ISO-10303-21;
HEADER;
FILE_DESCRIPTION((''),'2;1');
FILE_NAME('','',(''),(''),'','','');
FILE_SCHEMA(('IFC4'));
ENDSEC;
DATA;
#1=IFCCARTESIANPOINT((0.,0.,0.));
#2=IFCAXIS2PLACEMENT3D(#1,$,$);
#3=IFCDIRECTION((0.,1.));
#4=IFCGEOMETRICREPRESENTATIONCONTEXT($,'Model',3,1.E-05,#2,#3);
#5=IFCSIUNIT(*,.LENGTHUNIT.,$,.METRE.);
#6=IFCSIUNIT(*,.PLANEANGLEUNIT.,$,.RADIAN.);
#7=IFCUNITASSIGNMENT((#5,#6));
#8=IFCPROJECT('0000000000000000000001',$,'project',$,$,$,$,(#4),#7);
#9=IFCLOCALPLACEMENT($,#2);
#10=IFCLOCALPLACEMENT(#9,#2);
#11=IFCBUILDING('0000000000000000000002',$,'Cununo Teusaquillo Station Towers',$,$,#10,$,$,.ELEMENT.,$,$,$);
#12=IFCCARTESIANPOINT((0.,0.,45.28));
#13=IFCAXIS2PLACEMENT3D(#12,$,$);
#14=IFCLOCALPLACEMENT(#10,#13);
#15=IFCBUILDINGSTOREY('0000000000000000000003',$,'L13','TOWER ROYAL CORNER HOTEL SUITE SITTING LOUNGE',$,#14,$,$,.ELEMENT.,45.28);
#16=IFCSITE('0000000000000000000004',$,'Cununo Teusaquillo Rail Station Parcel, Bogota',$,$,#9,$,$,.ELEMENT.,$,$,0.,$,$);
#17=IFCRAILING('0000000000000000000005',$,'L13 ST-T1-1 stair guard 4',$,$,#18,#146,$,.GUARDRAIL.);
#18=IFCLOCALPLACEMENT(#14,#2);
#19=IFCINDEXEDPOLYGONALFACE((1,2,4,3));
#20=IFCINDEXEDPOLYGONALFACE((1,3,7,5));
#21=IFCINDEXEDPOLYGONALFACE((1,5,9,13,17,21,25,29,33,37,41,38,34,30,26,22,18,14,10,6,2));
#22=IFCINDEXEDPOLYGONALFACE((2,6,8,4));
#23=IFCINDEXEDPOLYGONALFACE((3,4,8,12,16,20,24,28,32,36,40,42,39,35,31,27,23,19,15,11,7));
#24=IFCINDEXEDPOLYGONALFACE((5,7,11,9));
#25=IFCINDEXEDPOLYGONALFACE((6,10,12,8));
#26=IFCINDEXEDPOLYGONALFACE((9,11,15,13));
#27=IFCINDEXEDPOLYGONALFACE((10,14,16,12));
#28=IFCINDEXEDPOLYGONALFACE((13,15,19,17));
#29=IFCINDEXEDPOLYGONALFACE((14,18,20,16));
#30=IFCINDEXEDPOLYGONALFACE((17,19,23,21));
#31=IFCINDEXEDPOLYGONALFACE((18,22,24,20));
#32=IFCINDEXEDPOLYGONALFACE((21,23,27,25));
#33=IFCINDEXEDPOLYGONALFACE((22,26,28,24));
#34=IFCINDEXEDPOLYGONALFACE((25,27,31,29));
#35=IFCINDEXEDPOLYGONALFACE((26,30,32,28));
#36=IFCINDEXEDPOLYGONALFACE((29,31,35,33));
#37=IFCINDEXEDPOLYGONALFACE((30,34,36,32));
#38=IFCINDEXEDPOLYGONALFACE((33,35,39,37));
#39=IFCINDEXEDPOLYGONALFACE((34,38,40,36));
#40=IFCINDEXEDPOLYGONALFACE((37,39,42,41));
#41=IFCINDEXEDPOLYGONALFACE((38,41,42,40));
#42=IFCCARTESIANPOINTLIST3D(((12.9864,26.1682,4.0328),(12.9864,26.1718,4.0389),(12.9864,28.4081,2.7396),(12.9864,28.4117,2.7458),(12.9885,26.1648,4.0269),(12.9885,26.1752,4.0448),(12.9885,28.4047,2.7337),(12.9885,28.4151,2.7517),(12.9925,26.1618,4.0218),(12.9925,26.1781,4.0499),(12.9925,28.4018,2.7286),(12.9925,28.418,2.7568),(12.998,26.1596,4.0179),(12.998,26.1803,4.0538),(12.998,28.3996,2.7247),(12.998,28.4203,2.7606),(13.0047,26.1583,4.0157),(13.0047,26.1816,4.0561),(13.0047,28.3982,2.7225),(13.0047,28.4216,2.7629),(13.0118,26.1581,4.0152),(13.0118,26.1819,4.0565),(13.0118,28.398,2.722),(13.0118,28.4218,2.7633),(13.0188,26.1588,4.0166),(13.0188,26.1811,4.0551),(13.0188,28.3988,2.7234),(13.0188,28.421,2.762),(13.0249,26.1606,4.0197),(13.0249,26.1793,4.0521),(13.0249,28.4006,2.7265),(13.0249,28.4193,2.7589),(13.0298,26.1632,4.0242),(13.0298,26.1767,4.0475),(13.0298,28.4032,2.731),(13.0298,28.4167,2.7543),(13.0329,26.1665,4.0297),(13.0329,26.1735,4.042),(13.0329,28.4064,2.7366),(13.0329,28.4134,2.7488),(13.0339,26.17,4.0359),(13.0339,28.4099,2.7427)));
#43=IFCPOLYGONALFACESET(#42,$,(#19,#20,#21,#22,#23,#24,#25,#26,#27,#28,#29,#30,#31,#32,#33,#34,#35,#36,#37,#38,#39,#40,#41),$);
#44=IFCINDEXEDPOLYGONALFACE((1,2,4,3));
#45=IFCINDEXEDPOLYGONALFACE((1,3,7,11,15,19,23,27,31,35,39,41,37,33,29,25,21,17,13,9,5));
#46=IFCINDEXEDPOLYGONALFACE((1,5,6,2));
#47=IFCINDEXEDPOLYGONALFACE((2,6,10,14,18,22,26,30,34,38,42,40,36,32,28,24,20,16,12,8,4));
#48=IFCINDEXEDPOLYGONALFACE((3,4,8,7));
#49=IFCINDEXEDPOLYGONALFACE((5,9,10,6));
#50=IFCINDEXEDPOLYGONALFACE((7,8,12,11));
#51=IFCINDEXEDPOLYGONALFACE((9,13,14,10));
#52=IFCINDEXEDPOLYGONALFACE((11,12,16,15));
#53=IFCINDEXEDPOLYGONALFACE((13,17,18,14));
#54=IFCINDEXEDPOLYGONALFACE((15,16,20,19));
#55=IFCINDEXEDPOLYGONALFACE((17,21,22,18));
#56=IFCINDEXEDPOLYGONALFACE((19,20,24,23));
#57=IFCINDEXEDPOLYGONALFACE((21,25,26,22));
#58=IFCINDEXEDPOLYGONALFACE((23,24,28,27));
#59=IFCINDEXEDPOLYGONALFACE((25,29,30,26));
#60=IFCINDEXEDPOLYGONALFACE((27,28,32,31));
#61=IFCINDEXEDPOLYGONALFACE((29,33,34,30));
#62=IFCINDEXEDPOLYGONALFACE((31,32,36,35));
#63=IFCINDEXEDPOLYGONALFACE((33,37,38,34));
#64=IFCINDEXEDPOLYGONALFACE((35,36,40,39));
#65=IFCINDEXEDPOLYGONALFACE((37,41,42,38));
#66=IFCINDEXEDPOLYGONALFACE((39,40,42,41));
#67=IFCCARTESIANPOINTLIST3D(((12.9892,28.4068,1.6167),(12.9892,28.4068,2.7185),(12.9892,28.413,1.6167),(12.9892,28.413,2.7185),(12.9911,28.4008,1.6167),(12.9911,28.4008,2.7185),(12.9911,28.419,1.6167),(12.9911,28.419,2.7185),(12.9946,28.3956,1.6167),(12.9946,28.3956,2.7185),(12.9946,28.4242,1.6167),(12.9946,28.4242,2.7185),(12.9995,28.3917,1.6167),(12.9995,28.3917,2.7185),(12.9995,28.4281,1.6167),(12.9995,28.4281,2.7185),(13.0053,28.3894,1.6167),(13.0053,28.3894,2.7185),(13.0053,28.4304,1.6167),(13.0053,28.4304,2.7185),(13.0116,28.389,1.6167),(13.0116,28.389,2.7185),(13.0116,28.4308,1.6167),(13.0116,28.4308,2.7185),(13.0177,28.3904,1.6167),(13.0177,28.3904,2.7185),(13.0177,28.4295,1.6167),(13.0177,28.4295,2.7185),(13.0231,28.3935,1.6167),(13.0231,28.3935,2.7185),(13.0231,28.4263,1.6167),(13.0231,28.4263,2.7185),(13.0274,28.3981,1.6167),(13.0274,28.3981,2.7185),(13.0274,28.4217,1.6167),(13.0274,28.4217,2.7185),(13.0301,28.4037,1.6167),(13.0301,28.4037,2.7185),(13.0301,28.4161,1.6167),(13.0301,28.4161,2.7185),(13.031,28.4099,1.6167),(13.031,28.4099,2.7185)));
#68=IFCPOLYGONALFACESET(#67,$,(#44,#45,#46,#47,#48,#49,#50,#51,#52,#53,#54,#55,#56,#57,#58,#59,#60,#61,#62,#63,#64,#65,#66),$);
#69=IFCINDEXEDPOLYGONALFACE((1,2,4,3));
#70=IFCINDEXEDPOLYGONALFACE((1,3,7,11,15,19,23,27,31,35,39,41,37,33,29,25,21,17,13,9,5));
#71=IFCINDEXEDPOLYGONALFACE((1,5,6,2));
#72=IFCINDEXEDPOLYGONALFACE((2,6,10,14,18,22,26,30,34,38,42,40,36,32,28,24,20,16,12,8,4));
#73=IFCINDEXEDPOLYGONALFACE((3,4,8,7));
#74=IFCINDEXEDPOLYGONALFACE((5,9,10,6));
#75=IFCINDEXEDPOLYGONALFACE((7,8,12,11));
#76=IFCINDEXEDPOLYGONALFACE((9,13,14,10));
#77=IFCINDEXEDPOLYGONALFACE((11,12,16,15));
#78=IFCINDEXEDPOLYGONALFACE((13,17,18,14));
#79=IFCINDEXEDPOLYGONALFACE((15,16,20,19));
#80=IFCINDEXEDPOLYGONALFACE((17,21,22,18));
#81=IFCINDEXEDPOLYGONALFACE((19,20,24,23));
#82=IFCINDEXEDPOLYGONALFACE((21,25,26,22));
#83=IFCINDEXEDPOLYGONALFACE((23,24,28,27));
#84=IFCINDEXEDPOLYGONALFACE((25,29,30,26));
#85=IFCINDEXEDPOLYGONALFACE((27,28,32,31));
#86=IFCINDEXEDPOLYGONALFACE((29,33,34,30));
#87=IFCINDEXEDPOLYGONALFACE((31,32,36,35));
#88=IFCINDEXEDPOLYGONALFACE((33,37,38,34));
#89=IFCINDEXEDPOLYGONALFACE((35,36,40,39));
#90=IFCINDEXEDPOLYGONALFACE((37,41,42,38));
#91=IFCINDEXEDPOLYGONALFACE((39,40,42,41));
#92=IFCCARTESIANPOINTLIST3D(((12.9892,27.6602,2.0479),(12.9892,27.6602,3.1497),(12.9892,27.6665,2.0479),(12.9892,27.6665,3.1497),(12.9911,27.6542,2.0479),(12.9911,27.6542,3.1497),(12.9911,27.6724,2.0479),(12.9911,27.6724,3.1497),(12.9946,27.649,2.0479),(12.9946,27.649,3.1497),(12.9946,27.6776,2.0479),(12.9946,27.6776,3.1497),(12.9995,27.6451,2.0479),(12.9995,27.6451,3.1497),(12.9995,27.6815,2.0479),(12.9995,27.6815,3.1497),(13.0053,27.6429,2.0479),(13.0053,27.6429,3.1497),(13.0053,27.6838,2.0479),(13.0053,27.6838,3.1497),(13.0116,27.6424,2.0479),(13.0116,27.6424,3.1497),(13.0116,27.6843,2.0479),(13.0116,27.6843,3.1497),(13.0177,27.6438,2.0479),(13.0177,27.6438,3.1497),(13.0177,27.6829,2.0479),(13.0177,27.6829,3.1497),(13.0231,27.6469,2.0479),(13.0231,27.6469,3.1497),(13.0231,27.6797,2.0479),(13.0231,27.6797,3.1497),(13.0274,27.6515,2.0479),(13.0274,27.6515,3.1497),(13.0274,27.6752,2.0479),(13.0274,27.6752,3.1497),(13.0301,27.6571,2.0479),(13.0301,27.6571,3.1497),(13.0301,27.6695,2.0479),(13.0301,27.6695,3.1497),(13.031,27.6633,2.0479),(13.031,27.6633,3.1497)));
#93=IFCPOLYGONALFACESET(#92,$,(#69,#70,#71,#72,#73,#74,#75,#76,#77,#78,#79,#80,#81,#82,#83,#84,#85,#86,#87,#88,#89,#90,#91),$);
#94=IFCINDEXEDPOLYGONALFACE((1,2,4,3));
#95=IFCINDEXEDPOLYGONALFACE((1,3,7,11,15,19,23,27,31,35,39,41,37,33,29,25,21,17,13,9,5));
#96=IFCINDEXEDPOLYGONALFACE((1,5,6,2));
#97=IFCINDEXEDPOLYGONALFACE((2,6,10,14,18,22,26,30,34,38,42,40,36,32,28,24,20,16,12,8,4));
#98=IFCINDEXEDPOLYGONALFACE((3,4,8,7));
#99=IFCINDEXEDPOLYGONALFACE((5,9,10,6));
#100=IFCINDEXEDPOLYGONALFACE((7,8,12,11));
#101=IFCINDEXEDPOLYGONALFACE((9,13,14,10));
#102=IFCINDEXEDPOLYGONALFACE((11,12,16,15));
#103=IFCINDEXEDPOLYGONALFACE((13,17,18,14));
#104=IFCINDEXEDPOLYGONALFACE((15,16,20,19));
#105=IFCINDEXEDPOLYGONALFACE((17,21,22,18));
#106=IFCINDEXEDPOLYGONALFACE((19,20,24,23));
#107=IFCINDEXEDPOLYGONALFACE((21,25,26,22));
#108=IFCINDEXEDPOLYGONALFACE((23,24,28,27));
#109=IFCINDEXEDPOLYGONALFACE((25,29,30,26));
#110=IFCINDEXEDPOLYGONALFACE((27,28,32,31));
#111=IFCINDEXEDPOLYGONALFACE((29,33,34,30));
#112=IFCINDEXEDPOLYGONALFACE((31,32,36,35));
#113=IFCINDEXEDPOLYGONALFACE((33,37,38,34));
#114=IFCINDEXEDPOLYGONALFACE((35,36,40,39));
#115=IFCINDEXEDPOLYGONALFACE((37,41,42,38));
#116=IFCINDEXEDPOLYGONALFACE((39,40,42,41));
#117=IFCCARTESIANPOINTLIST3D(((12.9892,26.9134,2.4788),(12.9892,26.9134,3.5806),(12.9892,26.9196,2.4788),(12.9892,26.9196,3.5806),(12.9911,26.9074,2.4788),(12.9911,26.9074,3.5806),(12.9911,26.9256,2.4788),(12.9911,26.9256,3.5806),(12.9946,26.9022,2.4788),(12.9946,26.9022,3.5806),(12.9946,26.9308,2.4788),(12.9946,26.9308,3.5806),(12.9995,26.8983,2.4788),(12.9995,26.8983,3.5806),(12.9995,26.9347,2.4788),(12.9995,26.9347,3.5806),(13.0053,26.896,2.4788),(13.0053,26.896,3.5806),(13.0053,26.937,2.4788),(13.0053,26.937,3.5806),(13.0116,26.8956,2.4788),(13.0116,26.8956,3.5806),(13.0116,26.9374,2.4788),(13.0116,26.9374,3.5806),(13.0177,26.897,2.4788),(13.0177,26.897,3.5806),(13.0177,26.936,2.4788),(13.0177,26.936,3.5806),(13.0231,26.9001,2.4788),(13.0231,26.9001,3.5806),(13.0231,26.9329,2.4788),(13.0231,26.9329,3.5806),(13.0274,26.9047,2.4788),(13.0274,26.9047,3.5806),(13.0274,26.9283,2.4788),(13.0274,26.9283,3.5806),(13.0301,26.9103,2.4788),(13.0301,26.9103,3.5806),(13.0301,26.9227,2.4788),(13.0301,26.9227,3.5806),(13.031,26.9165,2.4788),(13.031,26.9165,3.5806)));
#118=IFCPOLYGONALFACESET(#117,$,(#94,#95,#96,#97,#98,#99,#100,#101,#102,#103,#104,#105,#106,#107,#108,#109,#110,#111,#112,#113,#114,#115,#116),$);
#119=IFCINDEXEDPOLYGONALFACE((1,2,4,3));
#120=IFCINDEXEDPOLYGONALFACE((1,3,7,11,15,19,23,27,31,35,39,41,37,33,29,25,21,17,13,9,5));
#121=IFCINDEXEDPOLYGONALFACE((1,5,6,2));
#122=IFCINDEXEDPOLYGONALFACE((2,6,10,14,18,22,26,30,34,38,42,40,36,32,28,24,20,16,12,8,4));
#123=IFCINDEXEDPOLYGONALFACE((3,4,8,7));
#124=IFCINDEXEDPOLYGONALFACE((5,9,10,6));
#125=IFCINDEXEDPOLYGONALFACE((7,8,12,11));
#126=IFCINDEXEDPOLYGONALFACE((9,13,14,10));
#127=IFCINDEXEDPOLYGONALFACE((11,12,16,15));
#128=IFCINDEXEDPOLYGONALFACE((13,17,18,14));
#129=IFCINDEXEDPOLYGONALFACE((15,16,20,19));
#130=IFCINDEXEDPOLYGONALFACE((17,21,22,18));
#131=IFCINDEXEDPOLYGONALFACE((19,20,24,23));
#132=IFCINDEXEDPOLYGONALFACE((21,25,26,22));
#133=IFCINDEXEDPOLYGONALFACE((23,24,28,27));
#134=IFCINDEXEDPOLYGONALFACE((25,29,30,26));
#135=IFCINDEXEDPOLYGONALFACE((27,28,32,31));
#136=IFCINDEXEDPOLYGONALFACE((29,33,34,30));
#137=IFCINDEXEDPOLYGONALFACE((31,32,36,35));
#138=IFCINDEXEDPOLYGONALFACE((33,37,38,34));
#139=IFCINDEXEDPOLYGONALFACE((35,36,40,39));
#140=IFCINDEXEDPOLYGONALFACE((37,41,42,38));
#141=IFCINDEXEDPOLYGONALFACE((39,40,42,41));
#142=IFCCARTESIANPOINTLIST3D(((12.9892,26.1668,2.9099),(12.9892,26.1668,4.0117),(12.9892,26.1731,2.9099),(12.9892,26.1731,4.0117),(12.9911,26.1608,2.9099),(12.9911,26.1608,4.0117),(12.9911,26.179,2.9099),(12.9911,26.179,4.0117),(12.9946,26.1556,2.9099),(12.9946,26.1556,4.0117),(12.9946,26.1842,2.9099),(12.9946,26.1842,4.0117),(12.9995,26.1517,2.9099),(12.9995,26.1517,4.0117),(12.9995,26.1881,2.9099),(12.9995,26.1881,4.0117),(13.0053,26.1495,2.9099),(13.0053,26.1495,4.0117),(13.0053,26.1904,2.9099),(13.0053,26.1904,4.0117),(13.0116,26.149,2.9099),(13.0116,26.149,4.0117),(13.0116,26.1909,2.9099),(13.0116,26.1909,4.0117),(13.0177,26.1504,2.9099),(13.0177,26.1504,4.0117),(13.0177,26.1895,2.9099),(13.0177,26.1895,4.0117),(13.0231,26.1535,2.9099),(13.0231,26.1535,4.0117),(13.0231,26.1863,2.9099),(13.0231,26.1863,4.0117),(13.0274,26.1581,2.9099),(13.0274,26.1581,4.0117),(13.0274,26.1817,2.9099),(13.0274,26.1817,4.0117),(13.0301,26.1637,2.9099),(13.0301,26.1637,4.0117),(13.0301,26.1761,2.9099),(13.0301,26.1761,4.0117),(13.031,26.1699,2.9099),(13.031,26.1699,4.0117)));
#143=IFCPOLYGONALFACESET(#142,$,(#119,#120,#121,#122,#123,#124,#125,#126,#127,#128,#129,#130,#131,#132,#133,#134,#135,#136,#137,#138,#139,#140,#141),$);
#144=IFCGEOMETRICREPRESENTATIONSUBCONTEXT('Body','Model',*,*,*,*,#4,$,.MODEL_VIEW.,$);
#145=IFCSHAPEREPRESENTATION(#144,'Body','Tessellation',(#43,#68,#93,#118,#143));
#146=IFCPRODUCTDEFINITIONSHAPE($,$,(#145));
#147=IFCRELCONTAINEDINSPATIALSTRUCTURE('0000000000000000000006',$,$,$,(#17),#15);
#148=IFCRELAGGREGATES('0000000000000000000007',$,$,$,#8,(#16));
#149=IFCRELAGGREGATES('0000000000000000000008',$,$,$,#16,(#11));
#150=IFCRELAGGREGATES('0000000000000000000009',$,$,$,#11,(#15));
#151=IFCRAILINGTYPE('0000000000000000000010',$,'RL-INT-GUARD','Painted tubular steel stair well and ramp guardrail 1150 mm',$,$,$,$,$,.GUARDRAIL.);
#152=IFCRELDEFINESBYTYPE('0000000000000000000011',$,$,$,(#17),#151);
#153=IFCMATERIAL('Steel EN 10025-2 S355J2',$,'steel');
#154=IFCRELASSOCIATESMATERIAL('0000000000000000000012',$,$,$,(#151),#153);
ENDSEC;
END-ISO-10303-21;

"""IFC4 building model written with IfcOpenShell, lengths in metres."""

from ifc_helpers import new_model, si_unit, direction, frame, origin, origin_2d, place, context, subcontext, project, spatial, circle, extrude, material, type_object, element, save


model = new_model("IFC4")

# Units and contexts
model_context = context("Model", 3, precision=1e-05, world=origin(), true_north=direction((0.0, 1.0)))
body_context = subcontext(model_context, "Body", "Model", "MODEL_VIEW")
ifc_project = project(units=[si_unit("LENGTHUNIT", "METRE"), si_unit("PLANEANGLEUNIT", "RADIAN")], contexts=[model_context])

# Site, building, storey
site_placement = place(None, origin())
site = spatial("IfcSite", under=ifc_project, at=site_placement, Name="Cununo Teusaquillo Rail Station Parcel, Bogota", CompositionType="ELEMENT", RefElevation=0.0)
building_placement = place(site_placement, origin())
building = spatial("IfcBuilding", under=site, at=building_placement, Name="Cununo Teusaquillo Station Towers", CompositionType="ELEMENT")
storey_placement = place(building_placement, frame((0.0, 0.0, 45.28)))
storey = spatial("IfcBuildingStorey", under=building, at=storey_placement, Name="L13", Description="TOWER ROYAL CORNER HOTEL SUITE SITTING LOUNGE", CompositionType="ELEMENT", Elevation=45.28)

# Railing
ifc_material_1 = material(Name="Steel EN 10025-2 S355J2", Category="steel")
railing_type_1 = type_object("IfcRailingType", Name="RL-INT-GUARD", Description="Painted tubular steel stair well and ramp guardrail 1150 mm", PredefinedType="GUARDRAIL", material=ifc_material_1)
railing_1_placement = place(storey_placement, frame((13.01, 28.4099, 1.6167)))
element("IfcRailing", 1, at=railing_1_placement, inside=storey, type_object=railing_type_1, Name="L13 ST-T1-1 stair guard 4", PredefinedType="GUARDRAIL", context=body_context, shape_type="SweptSolid", body=[
    extrude(circle(Radius=0.0239, at=origin_2d()), frame((0.0, 0.0, 1.126), z_axis=(0.0, -0.866033, 0.499987), x_axis=(1.0, 0.0, 0.0)), (0.0, 0.0, 1.0), 2.5864),
    extrude(circle(Radius=0.021, at=origin_2d()), origin(), (0.0, 0.0, 1.0), 1.1018),
    extrude(circle(Radius=0.021, at=origin_2d()), frame((0.0, -0.7466, 0.4312)), (0.0, 0.0, 1.0), 1.1018),
    extrude(circle(Radius=0.021, at=origin_2d()), frame((0.0, -1.4934, 0.8621)), (0.0, 0.0, 1.0), 1.1018),
    extrude(circle(Radius=0.021, at=origin_2d()), frame((0.0, -2.24, 1.2932)), (0.0, 0.0, 1.0), 1.1018),
])

save(model, "model.ifc")
